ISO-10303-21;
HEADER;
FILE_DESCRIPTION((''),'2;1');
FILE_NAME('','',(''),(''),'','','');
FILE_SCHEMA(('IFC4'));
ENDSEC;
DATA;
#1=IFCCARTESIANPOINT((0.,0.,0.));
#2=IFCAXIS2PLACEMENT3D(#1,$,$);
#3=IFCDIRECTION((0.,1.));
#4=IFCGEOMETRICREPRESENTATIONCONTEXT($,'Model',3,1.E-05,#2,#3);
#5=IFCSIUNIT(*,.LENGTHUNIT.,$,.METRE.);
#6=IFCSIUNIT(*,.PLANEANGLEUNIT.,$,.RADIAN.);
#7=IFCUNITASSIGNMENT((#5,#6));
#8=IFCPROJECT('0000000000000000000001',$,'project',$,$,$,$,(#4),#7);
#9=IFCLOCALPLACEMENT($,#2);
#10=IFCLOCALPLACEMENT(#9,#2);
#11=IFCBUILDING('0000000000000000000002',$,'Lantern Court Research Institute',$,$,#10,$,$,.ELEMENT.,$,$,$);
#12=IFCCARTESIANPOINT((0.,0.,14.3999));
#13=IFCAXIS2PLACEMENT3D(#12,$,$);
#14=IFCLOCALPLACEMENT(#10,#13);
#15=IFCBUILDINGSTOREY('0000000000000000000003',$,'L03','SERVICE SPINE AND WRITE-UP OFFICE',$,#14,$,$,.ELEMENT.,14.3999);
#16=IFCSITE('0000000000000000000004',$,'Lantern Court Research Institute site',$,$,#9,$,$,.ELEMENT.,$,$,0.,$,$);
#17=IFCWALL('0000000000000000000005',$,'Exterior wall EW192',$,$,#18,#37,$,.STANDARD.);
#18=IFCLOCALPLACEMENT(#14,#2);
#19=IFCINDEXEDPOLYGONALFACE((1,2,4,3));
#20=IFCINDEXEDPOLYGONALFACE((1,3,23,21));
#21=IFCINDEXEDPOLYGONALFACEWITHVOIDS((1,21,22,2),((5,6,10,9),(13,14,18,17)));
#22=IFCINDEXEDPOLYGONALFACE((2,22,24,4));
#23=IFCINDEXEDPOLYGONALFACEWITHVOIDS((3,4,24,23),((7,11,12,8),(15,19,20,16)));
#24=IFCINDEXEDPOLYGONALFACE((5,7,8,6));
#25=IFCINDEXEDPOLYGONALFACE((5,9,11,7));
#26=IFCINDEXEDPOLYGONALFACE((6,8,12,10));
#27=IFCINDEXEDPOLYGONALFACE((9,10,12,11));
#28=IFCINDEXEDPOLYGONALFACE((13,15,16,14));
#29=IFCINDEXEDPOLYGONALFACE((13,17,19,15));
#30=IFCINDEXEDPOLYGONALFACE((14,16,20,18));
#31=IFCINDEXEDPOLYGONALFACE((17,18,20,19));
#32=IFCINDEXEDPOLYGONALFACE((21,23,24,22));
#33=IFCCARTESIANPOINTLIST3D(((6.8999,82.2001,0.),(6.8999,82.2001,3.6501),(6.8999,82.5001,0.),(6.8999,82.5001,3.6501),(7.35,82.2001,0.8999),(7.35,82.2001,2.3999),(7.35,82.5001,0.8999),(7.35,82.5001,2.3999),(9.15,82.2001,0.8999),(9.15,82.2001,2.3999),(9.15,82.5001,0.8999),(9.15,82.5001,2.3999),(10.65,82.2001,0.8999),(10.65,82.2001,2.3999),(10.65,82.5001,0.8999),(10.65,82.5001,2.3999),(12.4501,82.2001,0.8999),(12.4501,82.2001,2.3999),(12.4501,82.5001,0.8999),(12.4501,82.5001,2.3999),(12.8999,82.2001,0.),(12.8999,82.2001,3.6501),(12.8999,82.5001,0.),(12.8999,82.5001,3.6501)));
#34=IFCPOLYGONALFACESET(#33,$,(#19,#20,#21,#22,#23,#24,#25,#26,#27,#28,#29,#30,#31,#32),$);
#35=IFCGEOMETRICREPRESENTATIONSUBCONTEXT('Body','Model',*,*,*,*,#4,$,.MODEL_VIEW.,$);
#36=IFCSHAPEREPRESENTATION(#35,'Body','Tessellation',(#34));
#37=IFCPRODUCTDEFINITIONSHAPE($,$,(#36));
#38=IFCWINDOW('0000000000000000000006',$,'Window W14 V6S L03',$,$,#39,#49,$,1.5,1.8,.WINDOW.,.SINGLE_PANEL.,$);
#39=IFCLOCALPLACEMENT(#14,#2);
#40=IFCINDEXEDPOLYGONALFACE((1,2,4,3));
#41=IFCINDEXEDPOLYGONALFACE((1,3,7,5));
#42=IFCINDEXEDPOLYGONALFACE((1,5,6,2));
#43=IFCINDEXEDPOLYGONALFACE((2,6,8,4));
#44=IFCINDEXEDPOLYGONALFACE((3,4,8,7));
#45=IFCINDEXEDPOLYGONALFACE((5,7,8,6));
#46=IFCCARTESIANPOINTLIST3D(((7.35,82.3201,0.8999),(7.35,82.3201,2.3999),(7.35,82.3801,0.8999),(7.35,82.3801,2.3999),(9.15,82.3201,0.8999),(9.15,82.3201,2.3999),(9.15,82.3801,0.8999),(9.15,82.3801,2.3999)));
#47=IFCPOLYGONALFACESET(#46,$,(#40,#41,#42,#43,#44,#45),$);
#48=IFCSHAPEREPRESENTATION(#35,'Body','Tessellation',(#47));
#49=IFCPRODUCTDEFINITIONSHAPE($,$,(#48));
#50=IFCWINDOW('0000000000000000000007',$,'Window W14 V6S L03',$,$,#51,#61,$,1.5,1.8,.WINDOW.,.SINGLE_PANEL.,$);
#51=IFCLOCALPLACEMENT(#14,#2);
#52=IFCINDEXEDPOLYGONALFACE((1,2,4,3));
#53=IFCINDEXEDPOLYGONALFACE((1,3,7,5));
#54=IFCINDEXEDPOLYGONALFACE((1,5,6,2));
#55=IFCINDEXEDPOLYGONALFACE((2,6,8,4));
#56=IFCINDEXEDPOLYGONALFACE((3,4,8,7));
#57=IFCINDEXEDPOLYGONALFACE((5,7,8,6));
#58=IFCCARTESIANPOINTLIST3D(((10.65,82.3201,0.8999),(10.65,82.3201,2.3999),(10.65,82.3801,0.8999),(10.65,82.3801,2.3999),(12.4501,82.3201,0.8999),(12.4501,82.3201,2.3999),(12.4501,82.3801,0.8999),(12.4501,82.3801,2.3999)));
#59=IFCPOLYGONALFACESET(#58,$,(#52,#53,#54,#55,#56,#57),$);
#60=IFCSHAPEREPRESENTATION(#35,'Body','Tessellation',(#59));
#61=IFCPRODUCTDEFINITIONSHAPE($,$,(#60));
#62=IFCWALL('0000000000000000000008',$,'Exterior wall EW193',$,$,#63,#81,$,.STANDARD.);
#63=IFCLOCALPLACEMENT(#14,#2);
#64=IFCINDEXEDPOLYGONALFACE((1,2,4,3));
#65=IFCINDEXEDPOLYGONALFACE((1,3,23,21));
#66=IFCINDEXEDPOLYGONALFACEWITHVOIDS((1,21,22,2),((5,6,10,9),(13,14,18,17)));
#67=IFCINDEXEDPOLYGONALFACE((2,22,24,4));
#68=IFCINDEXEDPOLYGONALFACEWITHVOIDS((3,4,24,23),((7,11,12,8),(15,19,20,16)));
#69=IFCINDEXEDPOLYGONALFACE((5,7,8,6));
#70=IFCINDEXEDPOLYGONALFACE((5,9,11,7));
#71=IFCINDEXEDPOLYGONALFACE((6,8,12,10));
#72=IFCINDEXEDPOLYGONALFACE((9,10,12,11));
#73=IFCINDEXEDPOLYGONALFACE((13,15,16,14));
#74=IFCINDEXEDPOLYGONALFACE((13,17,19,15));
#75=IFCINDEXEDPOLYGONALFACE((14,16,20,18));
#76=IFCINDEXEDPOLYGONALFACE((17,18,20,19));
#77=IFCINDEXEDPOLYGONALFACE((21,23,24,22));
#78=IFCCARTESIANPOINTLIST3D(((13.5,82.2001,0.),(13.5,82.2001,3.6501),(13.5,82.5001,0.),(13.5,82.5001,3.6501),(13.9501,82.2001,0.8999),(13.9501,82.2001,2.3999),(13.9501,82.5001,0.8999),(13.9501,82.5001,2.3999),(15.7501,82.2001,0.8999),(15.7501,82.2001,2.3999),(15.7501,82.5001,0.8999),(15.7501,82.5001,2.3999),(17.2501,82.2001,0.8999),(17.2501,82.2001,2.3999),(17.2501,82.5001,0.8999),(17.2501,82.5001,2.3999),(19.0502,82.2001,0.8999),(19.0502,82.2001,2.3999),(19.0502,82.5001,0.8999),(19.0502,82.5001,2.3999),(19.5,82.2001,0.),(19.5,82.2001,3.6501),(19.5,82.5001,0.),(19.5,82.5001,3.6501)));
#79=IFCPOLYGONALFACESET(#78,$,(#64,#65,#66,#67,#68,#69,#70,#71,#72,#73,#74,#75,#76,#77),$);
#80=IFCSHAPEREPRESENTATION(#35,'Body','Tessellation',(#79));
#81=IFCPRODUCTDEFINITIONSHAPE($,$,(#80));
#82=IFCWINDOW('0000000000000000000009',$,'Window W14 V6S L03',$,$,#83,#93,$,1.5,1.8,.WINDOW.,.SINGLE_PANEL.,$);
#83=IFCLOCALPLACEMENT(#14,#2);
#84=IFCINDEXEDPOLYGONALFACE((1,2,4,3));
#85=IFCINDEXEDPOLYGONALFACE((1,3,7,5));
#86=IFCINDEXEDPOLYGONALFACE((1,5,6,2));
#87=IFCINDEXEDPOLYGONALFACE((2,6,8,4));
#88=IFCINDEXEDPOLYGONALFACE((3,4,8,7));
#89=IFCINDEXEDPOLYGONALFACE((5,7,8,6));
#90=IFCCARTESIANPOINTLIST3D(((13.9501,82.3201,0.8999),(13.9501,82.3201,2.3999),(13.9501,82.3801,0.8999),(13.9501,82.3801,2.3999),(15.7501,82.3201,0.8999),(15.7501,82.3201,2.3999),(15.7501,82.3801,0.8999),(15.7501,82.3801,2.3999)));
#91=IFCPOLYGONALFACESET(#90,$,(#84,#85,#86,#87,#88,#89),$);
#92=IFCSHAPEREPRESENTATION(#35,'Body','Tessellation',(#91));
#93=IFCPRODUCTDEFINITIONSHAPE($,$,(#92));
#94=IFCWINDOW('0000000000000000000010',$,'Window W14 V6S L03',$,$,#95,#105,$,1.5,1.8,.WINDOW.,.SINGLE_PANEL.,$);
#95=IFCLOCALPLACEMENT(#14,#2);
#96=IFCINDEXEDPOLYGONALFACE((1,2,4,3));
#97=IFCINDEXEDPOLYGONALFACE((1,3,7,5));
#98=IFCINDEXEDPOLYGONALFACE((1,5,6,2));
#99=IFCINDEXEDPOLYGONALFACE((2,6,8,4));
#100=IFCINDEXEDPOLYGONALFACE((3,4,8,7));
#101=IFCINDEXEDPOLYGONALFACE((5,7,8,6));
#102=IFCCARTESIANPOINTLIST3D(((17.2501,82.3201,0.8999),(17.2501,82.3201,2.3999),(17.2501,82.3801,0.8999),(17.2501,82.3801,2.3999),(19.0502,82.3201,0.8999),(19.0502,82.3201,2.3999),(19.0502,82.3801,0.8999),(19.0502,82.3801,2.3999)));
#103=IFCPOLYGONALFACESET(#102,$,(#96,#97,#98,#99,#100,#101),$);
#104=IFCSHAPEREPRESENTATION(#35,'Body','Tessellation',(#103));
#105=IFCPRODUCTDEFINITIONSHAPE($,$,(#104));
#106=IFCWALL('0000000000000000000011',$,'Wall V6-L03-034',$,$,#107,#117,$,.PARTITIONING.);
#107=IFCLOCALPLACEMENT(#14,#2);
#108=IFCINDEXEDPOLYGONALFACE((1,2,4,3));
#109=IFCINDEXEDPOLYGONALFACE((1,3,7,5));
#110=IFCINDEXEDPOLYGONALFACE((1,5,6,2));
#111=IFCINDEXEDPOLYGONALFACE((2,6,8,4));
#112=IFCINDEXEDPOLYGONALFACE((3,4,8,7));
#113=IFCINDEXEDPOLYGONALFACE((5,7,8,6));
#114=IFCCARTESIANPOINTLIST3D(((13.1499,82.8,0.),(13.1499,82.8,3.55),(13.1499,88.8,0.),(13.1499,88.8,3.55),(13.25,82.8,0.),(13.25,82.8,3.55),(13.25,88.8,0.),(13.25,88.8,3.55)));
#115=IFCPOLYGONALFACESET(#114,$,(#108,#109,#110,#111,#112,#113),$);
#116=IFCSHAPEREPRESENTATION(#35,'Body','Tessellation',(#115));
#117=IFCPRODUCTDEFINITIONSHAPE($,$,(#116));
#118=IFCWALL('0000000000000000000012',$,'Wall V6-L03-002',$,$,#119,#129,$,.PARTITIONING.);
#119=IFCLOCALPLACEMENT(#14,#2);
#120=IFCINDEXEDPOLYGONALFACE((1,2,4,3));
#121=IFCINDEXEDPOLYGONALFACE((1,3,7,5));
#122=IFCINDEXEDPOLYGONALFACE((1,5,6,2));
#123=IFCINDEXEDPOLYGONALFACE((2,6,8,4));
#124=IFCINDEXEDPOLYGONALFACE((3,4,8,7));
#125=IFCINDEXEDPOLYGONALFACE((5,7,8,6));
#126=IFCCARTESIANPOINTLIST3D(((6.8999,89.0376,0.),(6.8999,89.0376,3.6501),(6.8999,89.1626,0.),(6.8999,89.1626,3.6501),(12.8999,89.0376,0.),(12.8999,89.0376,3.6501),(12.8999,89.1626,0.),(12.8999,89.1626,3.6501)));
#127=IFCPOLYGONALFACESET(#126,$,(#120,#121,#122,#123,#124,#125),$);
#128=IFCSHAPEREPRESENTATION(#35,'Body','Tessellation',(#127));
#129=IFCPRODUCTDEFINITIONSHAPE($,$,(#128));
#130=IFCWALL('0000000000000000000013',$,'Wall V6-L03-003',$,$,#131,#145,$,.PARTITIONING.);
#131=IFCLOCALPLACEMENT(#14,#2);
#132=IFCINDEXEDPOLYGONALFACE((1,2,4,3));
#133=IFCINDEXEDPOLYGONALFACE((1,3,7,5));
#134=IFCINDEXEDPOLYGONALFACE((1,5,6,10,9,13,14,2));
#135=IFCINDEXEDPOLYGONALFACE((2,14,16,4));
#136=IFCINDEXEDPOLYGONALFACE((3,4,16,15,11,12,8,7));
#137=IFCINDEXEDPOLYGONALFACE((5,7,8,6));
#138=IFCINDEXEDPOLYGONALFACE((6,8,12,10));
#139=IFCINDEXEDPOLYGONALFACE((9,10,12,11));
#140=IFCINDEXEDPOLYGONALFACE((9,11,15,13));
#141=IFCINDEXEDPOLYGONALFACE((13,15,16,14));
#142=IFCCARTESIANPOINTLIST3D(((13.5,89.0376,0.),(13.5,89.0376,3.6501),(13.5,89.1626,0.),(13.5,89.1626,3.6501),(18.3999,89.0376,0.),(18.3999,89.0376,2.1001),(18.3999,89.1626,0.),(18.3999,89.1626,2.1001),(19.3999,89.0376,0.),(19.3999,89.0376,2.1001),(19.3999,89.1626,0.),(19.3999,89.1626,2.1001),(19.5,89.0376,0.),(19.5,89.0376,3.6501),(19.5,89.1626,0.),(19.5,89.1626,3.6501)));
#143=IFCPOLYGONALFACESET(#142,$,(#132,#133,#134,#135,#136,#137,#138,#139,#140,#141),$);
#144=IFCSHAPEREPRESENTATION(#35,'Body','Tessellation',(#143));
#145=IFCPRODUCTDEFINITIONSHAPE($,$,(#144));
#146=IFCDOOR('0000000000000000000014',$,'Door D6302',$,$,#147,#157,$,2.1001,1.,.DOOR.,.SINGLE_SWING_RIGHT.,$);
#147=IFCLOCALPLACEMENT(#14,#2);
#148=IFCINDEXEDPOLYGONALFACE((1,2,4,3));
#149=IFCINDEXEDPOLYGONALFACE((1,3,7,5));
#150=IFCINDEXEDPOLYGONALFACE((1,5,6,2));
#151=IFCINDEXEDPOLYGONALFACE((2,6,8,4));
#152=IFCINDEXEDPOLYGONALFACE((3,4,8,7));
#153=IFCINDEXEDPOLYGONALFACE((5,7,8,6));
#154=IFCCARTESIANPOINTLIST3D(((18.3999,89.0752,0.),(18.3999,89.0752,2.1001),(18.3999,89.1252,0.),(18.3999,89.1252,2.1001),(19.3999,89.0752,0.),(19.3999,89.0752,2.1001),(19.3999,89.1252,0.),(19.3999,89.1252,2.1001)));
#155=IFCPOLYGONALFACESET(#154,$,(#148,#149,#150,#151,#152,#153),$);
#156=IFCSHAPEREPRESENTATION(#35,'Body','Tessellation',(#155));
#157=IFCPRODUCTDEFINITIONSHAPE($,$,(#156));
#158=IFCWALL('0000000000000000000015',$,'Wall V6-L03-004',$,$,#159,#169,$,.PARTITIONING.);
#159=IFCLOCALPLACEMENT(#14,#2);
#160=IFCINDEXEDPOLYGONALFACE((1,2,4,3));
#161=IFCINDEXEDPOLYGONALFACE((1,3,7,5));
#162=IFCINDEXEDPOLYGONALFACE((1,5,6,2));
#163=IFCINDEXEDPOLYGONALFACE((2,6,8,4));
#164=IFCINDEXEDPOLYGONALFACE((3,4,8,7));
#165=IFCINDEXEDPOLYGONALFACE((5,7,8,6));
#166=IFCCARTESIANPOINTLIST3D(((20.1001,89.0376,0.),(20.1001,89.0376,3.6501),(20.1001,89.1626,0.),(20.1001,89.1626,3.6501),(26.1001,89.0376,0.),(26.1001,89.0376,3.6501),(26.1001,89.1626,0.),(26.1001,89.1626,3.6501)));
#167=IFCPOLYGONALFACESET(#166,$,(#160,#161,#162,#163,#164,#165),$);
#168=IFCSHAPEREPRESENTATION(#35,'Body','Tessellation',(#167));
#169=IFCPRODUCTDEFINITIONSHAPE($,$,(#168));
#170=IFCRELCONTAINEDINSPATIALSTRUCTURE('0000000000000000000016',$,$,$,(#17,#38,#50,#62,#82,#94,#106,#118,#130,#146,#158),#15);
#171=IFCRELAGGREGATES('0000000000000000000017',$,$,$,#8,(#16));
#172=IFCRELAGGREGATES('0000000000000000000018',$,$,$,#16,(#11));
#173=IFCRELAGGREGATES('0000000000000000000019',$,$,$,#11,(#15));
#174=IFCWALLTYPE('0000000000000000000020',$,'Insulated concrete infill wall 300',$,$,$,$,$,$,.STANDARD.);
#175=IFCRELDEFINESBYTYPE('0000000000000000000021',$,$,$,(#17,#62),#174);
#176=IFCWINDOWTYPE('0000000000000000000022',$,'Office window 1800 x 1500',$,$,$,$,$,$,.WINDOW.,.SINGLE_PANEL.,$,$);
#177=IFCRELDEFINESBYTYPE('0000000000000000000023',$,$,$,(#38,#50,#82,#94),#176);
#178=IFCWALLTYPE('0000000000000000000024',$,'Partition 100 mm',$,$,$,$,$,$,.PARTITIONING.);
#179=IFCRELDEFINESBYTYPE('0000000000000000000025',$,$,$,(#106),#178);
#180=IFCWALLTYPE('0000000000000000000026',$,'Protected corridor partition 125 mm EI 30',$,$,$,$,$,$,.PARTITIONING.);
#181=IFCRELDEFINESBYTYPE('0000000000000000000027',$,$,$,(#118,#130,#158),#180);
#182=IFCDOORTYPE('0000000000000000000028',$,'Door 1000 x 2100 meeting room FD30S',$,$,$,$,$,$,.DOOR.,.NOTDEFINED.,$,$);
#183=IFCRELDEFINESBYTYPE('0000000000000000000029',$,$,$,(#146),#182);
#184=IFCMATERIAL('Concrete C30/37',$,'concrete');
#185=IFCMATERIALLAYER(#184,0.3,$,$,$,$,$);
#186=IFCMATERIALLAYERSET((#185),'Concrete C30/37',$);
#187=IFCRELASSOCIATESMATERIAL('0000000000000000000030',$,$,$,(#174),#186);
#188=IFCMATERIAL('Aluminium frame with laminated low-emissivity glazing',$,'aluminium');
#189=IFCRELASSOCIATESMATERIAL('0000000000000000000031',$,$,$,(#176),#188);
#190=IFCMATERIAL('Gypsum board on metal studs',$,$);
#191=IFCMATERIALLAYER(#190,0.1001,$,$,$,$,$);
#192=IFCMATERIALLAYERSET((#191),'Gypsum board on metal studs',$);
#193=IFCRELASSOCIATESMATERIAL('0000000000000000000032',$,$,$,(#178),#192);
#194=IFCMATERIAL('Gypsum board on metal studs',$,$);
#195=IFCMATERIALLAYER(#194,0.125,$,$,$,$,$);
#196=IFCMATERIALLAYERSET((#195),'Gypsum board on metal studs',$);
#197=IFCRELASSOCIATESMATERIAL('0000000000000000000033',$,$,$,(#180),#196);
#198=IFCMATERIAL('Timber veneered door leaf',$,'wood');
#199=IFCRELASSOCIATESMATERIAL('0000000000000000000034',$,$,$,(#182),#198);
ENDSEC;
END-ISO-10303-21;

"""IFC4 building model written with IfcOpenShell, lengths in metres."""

from ifc_helpers import new_model, si_unit, direction, frame, frame_2d, origin, place, context, subcontext, project, spatial, rectangle, extrude, material, layer, layer_set, type_object, element, fill, save


model = new_model("IFC4")

# Units and contexts
model_context = context("Model", 3, precision=1e-05, world=origin(), true_north=direction((0.0, 1.0)))
body_context = subcontext(model_context, "Body", "Model", "MODEL_VIEW")
ifc_project = project(units=[si_unit("LENGTHUNIT", "METRE"), si_unit("PLANEANGLEUNIT", "RADIAN")], contexts=[model_context])

# Site, building, storey
site_placement = place(None, origin())
site = spatial("IfcSite", under=ifc_project, at=site_placement, Name="Lantern Court Research Institute site", CompositionType="ELEMENT", RefElevation=0.0)
building_placement = place(site_placement, origin())
building = spatial("IfcBuilding", under=site, at=building_placement, Name="Lantern Court Research Institute", CompositionType="ELEMENT")
storey_placement = place(building_placement, frame((0.0, 0.0, 14.3999)))
storey = spatial("IfcBuildingStorey", under=building, at=storey_placement, Name="L03", Description="SERVICE SPINE AND WRITE-UP OFFICE", CompositionType="ELEMENT", Elevation=14.3999)

# Walls, openings, windows
ifc_material_1 = material(Name="Concrete C30/37", Category="concrete")
ifc_layer_1 = layer(ifc_material_1, 0.3)
ifc_layer_set_1 = layer_set([ifc_layer_1], Name="Concrete C30/37")
wall_type_1 = type_object("IfcWallType", Name="Insulated concrete infill wall 300", PredefinedType="STANDARD", material=ifc_layer_set_1)
wall_1_placement = place(storey_placement, frame((12.8999, 82.3501, 0.0), z_axis=(0.0, 0.0, 1.0), x_axis=(-1.0, 0.0, 0.0)))
wall_1 = element("IfcWall", 1, at=wall_1_placement, inside=storey, type_object=wall_type_1, Name="Exterior wall EW192", PredefinedType="STANDARD", context=body_context, shape_type="SweptSolid", body=[
    extrude(rectangle(XDim=6.0, YDim=0.3, at=frame_2d((3.0, 0.0))), origin(), (0.0, 0.0, 1.0), 3.6501),
])
opening_1_placement = place(wall_1_placement, frame((3.75, 0.0, 0.8999)))
opening_1 = element("IfcOpeningElement", 2, at=opening_1_placement, cuts=wall_1, PredefinedType="OPENING", context=body_context, shape_type="SweptSolid", body=[
    extrude(rectangle(XDim=1.8, YDim=1.5, at=frame_2d((0.8999, 0.75))), frame((0.0, 0.1599, 0.0), z_axis=(0.0, -1.0, 0.0), x_axis=(1.0, 0.0, 0.0)), (0.0, 0.0, 1.0), 0.3201),
])
opening_2_placement = place(wall_1_placement, frame((0.45, 0.0, 0.8999)))
opening_2 = element("IfcOpeningElement", 3, at=opening_2_placement, cuts=wall_1, PredefinedType="OPENING", context=body_context, shape_type="SweptSolid", body=[
    extrude(rectangle(XDim=1.8, YDim=1.5, at=frame_2d((0.8999, 0.75))), frame((0.0, 0.1599, 0.0), z_axis=(0.0, -1.0, 0.0), x_axis=(1.0, 0.0, 0.0)), (0.0, 0.0, 1.0), 0.3201),
])
ifc_material_2 = material(Name="Aluminium frame with laminated low-emissivity glazing", Category="aluminium")
window_type = type_object("IfcWindowType", Name="Office window 1800 x 1500", PartitioningType="SINGLE_PANEL", PredefinedType="WINDOW", material=ifc_material_2)
window_1_placement = place(opening_1_placement, origin())
window_1 = element("IfcWindow", 4, at=window_1_placement, inside=storey, type_object=window_type, Name="Window W14 V6S L03", OverallHeight=1.5, OverallWidth=1.8, PartitioningType="SINGLE_PANEL", PredefinedType="WINDOW", context=body_context, shape_type="SweptSolid", body=[
    extrude(rectangle(XDim=1.8, YDim=1.5, at=frame_2d((0.8999, 0.75))), frame((0.0, 0.03, 0.0), z_axis=(0.0, -1.0, 0.0), x_axis=(1.0, 0.0, 0.0)), (0.0, 0.0, 1.0), 0.0601),
])
fill(opening_1, window_1)
window_2_placement = place(opening_2_placement, origin())
window_2 = element("IfcWindow", 5, at=window_2_placement, inside=storey, type_object=window_type, Name="Window W14 V6S L03", OverallHeight=1.5, OverallWidth=1.8, PartitioningType="SINGLE_PANEL", PredefinedType="WINDOW", context=body_context, shape_type="SweptSolid", body=[
    extrude(rectangle(XDim=1.8, YDim=1.5, at=frame_2d((0.8999, 0.75))), frame((0.0, 0.03, 0.0), z_axis=(0.0, -1.0, 0.0), x_axis=(1.0, 0.0, 0.0)), (0.0, 0.0, 1.0), 0.0601),
])
fill(opening_2, window_2)
wall_2_placement = place(storey_placement, frame((19.5, 82.3501, 0.0), z_axis=(0.0, 0.0, 1.0), x_axis=(-1.0, 0.0, 0.0)))
wall_2 = element("IfcWall", 6, at=wall_2_placement, inside=storey, type_object=wall_type_1, Name="Exterior wall EW193", PredefinedType="STANDARD", context=body_context, shape_type="SweptSolid", body=[
    extrude(rectangle(XDim=6.0, YDim=0.3, at=frame_2d((3.0, 0.0))), origin(), (0.0, 0.0, 1.0), 3.6501),
])
opening_3_placement = place(wall_2_placement, frame((3.75, 0.0, 0.8999)))
opening_3 = element("IfcOpeningElement", 7, at=opening_3_placement, cuts=wall_2, PredefinedType="OPENING", context=body_context, shape_type="SweptSolid", body=[
    extrude(rectangle(XDim=1.8, YDim=1.5, at=frame_2d((0.8999, 0.75))), frame((0.0, 0.1599, 0.0), z_axis=(0.0, -1.0, 0.0), x_axis=(1.0, 0.0, 0.0)), (0.0, 0.0, 1.0), 0.3201),
])
opening_4_placement = place(wall_2_placement, frame((0.45, 0.0, 0.8999)))
opening_4 = element("IfcOpeningElement", 8, at=opening_4_placement, cuts=wall_2, PredefinedType="OPENING", context=body_context, shape_type="SweptSolid", body=[
    extrude(rectangle(XDim=1.8, YDim=1.5, at=frame_2d((0.8999, 0.75))), frame((0.0, 0.1599, 0.0), z_axis=(0.0, -1.0, 0.0), x_axis=(1.0, 0.0, 0.0)), (0.0, 0.0, 1.0), 0.3201),
])
window_3_placement = place(opening_3_placement, origin())
window_3 = element("IfcWindow", 9, at=window_3_placement, inside=storey, type_object=window_type, Name="Window W14 V6S L03", OverallHeight=1.5, OverallWidth=1.8, PartitioningType="SINGLE_PANEL", PredefinedType="WINDOW", context=body_context, shape_type="SweptSolid", body=[
    extrude(rectangle(XDim=1.8, YDim=1.5, at=frame_2d((0.8999, 0.75))), frame((0.0, 0.03, 0.0), z_axis=(0.0, -1.0, 0.0), x_axis=(1.0, 0.0, 0.0)), (0.0, 0.0, 1.0), 0.0601),
])
fill(opening_3, window_3)
window_4_placement = place(opening_4_placement, origin())
window_4 = element("IfcWindow", 10, at=window_4_placement, inside=storey, type_object=window_type, Name="Window W14 V6S L03", OverallHeight=1.5, OverallWidth=1.8, PartitioningType="SINGLE_PANEL", PredefinedType="WINDOW", context=body_context, shape_type="SweptSolid", body=[
    extrude(rectangle(XDim=1.8, YDim=1.5, at=frame_2d((0.8999, 0.75))), frame((0.0, 0.03, 0.0), z_axis=(0.0, -1.0, 0.0), x_axis=(1.0, 0.0, 0.0)), (0.0, 0.0, 1.0), 0.0601),
])
fill(opening_4, window_4)

# Walls
ifc_material_3 = material(Name="Gypsum board on metal studs")
ifc_layer_2 = layer(ifc_material_3, 0.1001)
ifc_layer_set_2 = layer_set([ifc_layer_2], Name="Gypsum board on metal studs")
wall_type_2 = type_object("IfcWallType", Name="Partition 100 mm", PredefinedType="PARTITIONING", material=ifc_layer_set_2)
wall_3_placement = place(storey_placement, frame((13.2, 82.8, 0.0), z_axis=(0.0, 0.0, 1.0), x_axis=(0.0, 1.0, 0.0)))
element("IfcWall", 11, at=wall_3_placement, inside=storey, type_object=wall_type_2, Name="Wall V6-L03-034", PredefinedType="PARTITIONING", context=body_context, shape_type="SweptSolid", body=[
    extrude(rectangle(XDim=6.0, YDim=0.1001, at=frame_2d((3.0, 0.0))), origin(), (0.0, 0.0, 1.0), 3.55),
])
ifc_material_4 = material(Name="Gypsum board on metal studs")
ifc_layer_3 = layer(ifc_material_4, 0.125)
ifc_layer_set_3 = layer_set([ifc_layer_3], Name="Gypsum board on metal studs")
wall_type_3 = type_object("IfcWallType", Name="Protected corridor partition 125 mm EI 30", PredefinedType="PARTITIONING", material=ifc_layer_set_3)
wall_4_placement = place(storey_placement, frame((6.8999, 89.1001, 0.0), z_axis=(0.0, 0.0, 1.0), x_axis=(1.0, 0.0, 0.0)))
element("IfcWall", 12, at=wall_4_placement, inside=storey, type_object=wall_type_3, Name="Wall V6-L03-002", PredefinedType="PARTITIONING", context=body_context, shape_type="SweptSolid", body=[
    extrude(rectangle(XDim=6.0, YDim=0.125, at=frame_2d((3.0, 0.0))), origin(), (0.0, 0.0, 1.0), 3.6501),
])

# Wall, opening, door
wall_5_placement = place(storey_placement, frame((19.5, 89.1001, 0.0), z_axis=(0.0, 0.0, 1.0), x_axis=(-1.0, 0.0, 0.0)))
wall_5 = element("IfcWall", 13, at=wall_5_placement, inside=storey, type_object=wall_type_3, Name="Wall V6-L03-003", PredefinedType="PARTITIONING", context=body_context, shape_type="SweptSolid", body=[
    extrude(rectangle(XDim=6.0, YDim=0.125, at=frame_2d((3.0, 0.0))), origin(), (0.0, 0.0, 1.0), 3.6501),
])
opening_5_placement = place(wall_5_placement, frame((0.1001, 0.0, 0.0)))
opening_5 = element("IfcOpeningElement", 14, at=opening_5_placement, cuts=wall_5, PredefinedType="OPENING", context=body_context, shape_type="SweptSolid", body=[
    extrude(rectangle(XDim=1.0, YDim=2.1001, at=frame_2d((0.5, 1.05))), frame((0.0, 0.0725, 0.0), z_axis=(0.0, -1.0, 0.0), x_axis=(1.0, 0.0, 0.0)), (0.0, 0.0, 1.0), 0.145),
])
ifc_material_5 = material(Name="Timber veneered door leaf", Category="wood")
door_type = type_object("IfcDoorType", Name="Door 1000 x 2100 meeting room FD30S", OperationType="NOTDEFINED", PredefinedType="DOOR", material=ifc_material_5)
door_placement = place(opening_5_placement, origin())
door = element("IfcDoor", 15, at=door_placement, inside=storey, type_object=door_type, Name="Door D6302", OperationType="SINGLE_SWING_RIGHT", OverallHeight=2.1001, OverallWidth=1.0, PredefinedType="DOOR", context=body_context, shape_type="SweptSolid", body=[
    extrude(rectangle(XDim=1.0, YDim=2.1001, at=frame_2d((0.5, 1.05))), frame((0.0, 0.0249, 0.0), z_axis=(0.0, -1.0, 0.0), x_axis=(1.0, 0.0, 0.0)), (0.0, 0.0, 1.0), 0.05),
])
fill(opening_5, door)

# Wall
wall_6_placement = place(storey_placement, frame((20.1001, 89.1001, 0.0), z_axis=(0.0, 0.0, 1.0), x_axis=(1.0, 0.0, 0.0)))
element("IfcWall", 16, at=wall_6_placement, inside=storey, type_object=wall_type_3, Name="Wall V6-L03-004", PredefinedType="PARTITIONING", context=body_context, shape_type="SweptSolid", body=[
    extrude(rectangle(XDim=6.0, YDim=0.125, at=frame_2d((3.0, 0.0))), origin(), (0.0, 0.0, 1.0), 3.6501),
])

save(model, "model.ifc")
